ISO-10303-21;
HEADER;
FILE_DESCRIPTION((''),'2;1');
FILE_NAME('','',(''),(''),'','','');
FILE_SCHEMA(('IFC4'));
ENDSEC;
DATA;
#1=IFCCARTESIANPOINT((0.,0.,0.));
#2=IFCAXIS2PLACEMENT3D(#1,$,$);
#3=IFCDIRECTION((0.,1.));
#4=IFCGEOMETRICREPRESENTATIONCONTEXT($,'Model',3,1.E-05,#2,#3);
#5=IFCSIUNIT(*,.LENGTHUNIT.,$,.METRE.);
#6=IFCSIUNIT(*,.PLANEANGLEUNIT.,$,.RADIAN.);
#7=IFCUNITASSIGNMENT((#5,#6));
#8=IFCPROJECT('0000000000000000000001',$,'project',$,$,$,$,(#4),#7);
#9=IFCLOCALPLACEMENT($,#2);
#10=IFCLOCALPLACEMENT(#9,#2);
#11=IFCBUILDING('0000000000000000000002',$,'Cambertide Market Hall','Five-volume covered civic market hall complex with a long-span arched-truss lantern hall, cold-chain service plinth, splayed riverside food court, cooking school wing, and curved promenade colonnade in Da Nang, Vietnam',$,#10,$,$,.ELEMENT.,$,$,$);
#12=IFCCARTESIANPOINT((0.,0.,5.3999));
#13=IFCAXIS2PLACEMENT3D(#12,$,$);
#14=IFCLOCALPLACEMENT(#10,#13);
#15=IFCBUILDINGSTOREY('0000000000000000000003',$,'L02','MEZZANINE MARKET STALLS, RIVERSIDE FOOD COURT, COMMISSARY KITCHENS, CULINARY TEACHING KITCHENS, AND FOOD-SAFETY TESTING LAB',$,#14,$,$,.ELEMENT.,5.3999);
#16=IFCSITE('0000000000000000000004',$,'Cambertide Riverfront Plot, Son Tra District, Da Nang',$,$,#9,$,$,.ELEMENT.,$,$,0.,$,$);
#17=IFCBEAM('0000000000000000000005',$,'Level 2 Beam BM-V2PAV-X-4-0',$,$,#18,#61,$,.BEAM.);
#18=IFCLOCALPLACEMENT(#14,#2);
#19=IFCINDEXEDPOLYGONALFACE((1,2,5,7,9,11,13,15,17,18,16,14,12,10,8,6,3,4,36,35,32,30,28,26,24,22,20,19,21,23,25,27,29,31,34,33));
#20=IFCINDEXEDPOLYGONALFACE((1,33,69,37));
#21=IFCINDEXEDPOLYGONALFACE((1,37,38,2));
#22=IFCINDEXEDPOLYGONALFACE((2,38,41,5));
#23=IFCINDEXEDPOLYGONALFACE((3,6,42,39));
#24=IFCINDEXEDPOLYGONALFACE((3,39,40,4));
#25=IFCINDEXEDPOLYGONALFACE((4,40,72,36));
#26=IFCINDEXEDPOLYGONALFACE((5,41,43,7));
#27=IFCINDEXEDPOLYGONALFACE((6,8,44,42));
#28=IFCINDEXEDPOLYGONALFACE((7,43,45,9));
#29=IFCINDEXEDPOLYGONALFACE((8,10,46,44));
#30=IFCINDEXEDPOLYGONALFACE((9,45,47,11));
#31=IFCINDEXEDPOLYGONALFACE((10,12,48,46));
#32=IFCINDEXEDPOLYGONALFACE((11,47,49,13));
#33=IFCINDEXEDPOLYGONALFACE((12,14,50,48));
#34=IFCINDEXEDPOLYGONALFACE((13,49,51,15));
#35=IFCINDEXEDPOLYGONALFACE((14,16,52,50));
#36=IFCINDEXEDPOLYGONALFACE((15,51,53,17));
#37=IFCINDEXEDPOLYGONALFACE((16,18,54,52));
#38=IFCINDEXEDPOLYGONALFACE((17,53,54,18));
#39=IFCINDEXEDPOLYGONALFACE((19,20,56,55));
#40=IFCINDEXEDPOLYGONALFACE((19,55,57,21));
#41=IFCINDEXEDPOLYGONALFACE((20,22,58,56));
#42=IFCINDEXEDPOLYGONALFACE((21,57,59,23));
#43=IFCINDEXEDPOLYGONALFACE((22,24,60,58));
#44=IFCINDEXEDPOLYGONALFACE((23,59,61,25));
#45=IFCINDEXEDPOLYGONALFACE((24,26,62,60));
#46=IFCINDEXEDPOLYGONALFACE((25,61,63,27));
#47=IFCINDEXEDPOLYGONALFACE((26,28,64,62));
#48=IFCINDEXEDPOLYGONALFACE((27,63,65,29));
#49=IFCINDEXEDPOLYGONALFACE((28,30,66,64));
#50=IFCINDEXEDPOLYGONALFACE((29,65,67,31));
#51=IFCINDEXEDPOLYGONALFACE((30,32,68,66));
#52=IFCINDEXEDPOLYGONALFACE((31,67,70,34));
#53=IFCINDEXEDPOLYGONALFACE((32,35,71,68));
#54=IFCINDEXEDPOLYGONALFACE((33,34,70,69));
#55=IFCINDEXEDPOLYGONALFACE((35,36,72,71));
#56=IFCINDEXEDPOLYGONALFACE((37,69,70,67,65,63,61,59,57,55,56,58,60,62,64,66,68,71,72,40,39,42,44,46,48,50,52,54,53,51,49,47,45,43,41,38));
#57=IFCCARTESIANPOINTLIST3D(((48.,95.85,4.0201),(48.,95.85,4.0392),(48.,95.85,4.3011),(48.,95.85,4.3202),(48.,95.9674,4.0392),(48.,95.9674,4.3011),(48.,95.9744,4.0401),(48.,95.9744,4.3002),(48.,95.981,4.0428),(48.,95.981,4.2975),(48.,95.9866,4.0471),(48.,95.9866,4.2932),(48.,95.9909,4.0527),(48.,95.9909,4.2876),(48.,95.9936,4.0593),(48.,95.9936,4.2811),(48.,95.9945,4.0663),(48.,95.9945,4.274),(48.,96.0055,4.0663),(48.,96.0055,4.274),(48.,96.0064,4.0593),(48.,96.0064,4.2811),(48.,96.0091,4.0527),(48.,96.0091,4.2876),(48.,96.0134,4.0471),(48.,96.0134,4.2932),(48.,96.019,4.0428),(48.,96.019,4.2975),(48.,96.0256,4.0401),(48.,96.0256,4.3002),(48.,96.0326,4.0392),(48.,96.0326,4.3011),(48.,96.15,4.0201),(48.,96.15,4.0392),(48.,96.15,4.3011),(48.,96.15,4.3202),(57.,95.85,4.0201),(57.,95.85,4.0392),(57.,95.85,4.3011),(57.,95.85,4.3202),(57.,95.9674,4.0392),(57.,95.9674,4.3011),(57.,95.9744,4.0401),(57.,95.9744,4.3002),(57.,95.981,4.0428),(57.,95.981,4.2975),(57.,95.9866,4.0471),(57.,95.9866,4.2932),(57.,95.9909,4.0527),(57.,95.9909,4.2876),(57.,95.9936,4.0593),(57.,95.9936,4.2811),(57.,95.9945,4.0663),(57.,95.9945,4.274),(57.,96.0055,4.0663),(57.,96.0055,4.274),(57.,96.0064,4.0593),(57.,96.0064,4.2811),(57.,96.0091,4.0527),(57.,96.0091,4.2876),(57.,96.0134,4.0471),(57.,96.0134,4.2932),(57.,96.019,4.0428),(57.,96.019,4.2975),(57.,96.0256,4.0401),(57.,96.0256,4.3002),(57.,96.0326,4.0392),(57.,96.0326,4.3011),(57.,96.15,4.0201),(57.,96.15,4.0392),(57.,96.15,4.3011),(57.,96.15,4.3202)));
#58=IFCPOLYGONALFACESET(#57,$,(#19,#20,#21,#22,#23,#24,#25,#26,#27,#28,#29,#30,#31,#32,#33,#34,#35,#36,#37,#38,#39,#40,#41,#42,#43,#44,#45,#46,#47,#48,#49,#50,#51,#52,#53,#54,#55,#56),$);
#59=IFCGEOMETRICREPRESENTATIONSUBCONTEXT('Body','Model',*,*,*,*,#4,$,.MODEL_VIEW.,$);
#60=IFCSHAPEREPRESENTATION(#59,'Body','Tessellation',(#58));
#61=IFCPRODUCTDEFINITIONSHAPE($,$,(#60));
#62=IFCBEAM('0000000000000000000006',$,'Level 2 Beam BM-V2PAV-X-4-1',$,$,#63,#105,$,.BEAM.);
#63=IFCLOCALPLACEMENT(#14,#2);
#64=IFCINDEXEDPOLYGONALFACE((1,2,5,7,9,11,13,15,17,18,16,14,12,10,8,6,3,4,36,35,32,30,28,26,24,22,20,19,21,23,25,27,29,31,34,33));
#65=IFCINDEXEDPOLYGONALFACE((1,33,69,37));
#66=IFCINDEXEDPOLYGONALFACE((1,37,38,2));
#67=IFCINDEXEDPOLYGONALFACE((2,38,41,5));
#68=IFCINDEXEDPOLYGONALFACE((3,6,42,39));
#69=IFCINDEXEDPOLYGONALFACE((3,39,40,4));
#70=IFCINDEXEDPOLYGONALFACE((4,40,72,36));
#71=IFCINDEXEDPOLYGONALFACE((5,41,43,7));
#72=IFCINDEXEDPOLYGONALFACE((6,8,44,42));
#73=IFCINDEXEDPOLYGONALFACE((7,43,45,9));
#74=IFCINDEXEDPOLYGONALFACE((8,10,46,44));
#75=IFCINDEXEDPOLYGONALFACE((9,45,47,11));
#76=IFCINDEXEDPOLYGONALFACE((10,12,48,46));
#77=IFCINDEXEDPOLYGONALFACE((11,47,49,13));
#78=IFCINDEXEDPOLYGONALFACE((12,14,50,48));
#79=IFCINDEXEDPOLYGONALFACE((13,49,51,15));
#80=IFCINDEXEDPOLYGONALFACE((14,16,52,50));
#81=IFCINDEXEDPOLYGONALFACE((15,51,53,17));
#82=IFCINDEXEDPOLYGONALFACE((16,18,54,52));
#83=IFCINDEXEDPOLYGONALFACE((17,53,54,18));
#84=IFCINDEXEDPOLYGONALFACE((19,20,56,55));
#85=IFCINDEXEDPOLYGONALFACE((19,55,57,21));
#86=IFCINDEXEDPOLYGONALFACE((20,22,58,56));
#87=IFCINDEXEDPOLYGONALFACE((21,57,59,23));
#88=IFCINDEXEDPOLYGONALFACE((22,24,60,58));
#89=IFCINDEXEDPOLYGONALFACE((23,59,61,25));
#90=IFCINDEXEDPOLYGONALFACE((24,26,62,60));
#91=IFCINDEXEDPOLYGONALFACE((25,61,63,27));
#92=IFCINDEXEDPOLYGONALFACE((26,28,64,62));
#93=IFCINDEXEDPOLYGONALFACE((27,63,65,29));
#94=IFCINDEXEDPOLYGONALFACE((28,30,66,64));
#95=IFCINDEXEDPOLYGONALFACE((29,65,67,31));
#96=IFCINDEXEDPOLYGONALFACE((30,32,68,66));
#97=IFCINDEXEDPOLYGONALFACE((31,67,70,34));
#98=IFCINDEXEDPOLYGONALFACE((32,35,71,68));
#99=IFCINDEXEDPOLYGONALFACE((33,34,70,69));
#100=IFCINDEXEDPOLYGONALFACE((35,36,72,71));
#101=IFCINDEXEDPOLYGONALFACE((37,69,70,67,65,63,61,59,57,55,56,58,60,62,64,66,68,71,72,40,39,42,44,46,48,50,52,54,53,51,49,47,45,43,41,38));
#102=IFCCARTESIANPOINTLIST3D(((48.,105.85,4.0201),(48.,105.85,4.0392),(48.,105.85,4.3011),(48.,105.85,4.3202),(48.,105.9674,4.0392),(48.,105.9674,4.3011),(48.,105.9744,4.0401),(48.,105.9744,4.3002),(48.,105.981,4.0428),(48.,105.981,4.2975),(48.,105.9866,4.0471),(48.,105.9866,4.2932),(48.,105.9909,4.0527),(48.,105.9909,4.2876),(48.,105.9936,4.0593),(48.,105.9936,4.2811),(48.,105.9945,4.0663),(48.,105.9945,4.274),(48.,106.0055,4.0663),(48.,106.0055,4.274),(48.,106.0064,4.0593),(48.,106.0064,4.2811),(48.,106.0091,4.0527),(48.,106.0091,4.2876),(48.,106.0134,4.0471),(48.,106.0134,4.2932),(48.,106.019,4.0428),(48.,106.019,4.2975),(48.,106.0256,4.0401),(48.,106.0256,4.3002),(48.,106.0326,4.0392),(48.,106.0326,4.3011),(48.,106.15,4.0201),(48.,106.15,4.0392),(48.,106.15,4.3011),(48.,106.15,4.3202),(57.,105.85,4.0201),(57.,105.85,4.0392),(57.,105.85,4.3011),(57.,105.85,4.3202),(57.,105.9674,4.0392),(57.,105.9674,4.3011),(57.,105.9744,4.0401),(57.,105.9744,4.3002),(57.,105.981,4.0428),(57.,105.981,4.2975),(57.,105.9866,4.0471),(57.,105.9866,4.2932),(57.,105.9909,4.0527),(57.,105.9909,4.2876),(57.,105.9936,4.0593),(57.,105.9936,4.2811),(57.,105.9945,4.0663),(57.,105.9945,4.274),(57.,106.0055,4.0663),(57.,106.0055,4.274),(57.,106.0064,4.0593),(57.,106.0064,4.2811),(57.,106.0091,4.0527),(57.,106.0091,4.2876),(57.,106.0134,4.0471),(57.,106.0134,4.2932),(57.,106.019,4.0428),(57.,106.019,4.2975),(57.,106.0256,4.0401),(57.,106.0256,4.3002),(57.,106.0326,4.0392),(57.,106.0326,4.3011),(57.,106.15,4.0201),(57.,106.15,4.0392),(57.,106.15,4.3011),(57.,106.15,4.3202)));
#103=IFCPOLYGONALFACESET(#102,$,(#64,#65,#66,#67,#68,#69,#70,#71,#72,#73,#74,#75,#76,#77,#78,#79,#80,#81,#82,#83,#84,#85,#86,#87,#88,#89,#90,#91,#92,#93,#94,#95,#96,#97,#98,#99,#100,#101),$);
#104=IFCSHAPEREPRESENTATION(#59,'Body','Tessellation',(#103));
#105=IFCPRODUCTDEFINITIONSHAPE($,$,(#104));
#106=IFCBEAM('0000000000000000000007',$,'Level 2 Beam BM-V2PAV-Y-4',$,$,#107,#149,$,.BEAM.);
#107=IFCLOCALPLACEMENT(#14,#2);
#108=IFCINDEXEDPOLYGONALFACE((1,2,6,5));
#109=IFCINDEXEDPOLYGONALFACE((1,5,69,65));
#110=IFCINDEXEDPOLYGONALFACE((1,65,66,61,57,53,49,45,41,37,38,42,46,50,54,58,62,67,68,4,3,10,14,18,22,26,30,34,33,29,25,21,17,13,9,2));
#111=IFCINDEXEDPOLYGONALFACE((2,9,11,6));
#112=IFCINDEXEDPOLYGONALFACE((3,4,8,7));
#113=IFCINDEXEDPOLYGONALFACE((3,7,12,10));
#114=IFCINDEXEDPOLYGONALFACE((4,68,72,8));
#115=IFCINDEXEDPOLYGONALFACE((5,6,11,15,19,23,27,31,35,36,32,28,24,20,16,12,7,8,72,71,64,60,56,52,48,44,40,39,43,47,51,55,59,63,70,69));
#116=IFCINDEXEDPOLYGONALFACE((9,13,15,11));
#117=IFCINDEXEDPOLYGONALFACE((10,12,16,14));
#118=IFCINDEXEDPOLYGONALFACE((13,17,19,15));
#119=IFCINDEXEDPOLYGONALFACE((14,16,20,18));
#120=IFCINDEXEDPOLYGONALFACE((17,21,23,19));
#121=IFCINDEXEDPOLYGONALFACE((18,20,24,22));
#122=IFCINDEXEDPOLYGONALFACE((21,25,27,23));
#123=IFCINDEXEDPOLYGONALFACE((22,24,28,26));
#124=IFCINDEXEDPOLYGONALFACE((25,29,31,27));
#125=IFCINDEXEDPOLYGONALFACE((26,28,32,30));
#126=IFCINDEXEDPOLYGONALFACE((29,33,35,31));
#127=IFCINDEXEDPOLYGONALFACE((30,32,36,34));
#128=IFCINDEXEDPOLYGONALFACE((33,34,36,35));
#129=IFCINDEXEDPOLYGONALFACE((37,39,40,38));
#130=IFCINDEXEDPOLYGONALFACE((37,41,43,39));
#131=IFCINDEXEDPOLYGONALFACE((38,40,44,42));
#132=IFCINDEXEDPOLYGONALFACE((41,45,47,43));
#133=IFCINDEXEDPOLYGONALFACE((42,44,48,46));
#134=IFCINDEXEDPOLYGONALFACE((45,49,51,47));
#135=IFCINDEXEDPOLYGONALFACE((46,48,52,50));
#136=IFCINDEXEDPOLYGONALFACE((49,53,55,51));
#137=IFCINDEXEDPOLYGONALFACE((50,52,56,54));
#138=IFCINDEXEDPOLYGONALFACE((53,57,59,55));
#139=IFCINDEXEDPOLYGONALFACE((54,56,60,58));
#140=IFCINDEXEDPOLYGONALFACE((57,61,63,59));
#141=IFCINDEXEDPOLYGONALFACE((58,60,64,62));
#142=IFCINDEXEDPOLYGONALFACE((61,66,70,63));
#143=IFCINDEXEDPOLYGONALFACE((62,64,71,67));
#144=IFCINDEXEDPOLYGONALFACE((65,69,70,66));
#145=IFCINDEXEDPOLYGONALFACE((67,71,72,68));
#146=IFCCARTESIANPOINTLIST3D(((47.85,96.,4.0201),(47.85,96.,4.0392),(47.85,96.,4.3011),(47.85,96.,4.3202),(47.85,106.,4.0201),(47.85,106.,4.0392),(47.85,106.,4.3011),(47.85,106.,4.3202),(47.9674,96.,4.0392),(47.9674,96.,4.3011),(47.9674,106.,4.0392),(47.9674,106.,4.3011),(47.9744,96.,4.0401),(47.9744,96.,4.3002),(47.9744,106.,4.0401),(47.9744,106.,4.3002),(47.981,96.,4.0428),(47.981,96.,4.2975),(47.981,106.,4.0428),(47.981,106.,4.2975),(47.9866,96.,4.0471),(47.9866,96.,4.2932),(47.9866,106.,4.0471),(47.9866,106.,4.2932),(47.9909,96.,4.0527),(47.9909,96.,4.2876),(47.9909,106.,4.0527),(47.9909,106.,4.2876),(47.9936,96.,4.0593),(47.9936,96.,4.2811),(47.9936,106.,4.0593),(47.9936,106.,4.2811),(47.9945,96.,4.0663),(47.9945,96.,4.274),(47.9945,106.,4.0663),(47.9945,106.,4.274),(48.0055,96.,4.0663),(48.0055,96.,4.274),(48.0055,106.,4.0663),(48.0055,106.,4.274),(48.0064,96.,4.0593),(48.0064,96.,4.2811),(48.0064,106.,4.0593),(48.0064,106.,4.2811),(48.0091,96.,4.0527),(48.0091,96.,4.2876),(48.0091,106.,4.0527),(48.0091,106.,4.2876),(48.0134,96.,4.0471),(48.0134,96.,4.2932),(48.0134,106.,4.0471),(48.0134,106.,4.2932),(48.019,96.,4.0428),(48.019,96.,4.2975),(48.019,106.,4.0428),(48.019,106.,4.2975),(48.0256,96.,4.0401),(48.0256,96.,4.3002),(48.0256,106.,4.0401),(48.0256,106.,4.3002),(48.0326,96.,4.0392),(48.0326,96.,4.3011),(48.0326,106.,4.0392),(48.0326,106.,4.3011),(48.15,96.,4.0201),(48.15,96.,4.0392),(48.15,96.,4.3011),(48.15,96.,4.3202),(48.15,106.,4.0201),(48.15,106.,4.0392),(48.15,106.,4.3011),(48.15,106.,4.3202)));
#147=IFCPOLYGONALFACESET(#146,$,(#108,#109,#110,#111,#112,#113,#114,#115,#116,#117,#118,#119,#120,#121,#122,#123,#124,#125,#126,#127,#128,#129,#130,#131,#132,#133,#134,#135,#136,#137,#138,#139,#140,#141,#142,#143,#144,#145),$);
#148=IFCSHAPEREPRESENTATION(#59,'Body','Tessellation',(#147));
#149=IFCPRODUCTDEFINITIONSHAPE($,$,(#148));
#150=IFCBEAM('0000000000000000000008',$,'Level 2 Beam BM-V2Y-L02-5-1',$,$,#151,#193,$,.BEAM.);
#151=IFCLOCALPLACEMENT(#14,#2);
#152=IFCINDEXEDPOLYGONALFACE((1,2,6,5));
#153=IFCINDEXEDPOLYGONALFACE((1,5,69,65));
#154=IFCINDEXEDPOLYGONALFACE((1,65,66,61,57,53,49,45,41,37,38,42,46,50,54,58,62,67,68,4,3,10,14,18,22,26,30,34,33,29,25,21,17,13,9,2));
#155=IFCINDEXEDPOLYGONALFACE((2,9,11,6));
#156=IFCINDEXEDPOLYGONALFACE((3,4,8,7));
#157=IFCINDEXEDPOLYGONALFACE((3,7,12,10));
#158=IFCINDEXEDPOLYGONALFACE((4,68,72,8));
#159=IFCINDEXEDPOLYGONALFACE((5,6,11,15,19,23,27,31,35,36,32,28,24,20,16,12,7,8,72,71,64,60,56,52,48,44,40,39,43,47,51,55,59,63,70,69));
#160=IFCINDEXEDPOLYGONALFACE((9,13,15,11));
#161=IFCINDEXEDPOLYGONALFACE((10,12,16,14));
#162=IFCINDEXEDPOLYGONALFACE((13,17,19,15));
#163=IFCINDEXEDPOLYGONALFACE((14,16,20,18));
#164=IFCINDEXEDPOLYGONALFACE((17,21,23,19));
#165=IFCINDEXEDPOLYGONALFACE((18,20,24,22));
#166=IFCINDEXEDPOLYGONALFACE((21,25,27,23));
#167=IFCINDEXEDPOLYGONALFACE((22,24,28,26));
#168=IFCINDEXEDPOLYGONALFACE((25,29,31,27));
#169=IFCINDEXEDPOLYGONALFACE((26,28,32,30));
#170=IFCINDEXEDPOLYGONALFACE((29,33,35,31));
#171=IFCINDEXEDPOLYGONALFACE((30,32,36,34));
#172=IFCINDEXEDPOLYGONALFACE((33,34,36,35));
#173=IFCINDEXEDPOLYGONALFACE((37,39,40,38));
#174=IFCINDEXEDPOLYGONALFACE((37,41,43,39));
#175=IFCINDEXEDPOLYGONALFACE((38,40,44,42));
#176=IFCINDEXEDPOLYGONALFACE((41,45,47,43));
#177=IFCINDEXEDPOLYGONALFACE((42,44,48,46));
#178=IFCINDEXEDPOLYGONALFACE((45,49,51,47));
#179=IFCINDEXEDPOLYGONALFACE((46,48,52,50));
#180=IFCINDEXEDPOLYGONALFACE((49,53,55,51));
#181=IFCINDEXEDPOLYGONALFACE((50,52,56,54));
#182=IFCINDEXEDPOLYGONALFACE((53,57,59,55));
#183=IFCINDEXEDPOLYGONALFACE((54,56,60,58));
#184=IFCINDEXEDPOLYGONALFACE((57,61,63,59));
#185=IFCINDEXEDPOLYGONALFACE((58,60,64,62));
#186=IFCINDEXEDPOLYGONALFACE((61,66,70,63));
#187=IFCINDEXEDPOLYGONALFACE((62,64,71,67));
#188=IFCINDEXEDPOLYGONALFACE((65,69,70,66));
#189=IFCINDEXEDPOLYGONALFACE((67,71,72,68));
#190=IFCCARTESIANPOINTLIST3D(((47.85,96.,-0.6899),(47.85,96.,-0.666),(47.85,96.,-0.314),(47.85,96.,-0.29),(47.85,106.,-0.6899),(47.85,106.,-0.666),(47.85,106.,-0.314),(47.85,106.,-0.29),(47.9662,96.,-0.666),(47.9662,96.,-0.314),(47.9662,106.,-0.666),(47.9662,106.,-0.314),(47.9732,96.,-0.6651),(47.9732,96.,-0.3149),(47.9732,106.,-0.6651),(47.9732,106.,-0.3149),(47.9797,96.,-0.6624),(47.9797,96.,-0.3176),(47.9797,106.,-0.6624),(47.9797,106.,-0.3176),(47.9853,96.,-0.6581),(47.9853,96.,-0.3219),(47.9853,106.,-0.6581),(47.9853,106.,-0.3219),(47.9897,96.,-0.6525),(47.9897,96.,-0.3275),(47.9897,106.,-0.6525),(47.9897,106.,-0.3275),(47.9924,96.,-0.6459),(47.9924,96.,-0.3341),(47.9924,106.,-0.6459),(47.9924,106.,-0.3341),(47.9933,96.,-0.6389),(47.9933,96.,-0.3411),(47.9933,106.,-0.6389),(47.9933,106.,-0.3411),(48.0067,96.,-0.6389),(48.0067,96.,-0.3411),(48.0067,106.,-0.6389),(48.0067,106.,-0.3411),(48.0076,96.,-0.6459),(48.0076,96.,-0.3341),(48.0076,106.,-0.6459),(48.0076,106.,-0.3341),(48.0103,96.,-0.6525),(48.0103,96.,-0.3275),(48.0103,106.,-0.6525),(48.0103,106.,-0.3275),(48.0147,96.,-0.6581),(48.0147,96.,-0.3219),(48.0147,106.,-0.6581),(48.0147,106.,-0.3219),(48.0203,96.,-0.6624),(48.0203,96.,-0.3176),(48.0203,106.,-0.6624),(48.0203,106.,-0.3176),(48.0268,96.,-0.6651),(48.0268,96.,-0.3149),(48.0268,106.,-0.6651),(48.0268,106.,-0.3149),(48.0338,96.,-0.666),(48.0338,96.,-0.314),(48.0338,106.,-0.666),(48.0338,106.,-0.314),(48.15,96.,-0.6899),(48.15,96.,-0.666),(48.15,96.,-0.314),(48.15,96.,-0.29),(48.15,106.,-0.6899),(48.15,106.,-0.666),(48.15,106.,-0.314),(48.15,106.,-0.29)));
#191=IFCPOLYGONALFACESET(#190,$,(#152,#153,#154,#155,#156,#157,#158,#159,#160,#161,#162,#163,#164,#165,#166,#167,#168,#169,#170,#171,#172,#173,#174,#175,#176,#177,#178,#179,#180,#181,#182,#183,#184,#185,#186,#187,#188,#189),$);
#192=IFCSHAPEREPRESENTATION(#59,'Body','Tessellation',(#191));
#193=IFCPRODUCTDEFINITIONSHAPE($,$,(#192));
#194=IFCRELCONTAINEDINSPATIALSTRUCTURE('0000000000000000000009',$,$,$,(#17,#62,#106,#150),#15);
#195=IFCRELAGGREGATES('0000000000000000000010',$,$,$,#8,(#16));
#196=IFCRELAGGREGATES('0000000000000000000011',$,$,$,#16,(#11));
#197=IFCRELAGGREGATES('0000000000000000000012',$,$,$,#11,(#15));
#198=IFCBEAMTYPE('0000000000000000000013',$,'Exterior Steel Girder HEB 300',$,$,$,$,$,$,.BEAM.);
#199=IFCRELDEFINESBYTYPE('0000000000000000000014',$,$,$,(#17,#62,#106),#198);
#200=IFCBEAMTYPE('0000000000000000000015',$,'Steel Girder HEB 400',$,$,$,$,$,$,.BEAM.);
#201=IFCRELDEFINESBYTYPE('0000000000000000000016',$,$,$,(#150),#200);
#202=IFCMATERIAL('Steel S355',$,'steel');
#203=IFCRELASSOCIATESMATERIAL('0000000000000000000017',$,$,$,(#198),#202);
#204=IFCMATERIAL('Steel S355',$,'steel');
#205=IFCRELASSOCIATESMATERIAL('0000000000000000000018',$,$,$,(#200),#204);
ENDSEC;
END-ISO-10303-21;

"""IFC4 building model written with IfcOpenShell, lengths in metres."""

from ifc_helpers import new_model, si_unit, direction, frame, origin, origin_2d, place, context, subcontext, project, spatial, i_section, extrude, material, material_profile, profile_set, type_object, element, save


model = new_model("IFC4")

# Units and contexts
model_context = context("Model", 3, precision=1e-05, world=origin(), true_north=direction((0.0, 1.0)))
body_context = subcontext(model_context, "Body", "Model", "MODEL_VIEW")
ifc_project = project(units=[si_unit("LENGTHUNIT", "METRE"), si_unit("PLANEANGLEUNIT", "RADIAN")], contexts=[model_context])

# Site, building, storey
site_placement = place(None, origin())
site = spatial("IfcSite", under=ifc_project, at=site_placement, Name="Cambertide Riverfront Plot, Son Tra District, Da Nang", CompositionType="ELEMENT", RefElevation=0.0)
building_placement = place(site_placement, origin())
building = spatial("IfcBuilding", under=site, at=building_placement, Name="Cambertide Market Hall", Description="Five-volume covered civic market hall complex with a long-span arched-truss lantern hall, cold-chain service plinth, splayed riverside food court, cooking school wing, and curved promenade colonnade in Da Nang, Vietnam", CompositionType="ELEMENT")
storey_placement = place(building_placement, frame((0.0, 0.0, 5.3999)))
storey = spatial("IfcBuildingStorey", under=building, at=storey_placement, Name="L02", Description="MEZZANINE MARKET STALLS, RIVERSIDE FOOD COURT, COMMISSARY KITCHENS, CULINARY TEACHING KITCHENS, AND FOOD-SAFETY TESTING LAB", CompositionType="ELEMENT", Elevation=5.3999)

# Beams
ifc_material_1 = material(Name="Steel S355", Category="steel")
ifc_material_profile_1 = material_profile(ifc_material_1, i_section(OverallWidth=0.3, OverallDepth=0.3, WebThickness=0.011, FlangeThickness=0.019, FilletRadius=0.0271, at=origin_2d()), Name="HEB 300")
ifc_profile_set_1 = profile_set([ifc_material_profile_1], Name="Steel S355")
beam_type_1 = type_object("IfcBeamType", Name="Exterior Steel Girder HEB 300", PredefinedType="BEAM", material=ifc_profile_set_1)
for number, where, z_axis, x_axis, name in (
    (1, (48.0, 96.0, 4.1702), (1.0, 0.0, 0.0), (0.0, 1.0, 0.0), "Level 2 Beam BM-V2PAV-X-4-0"),
    (2, (48.0, 106.0, 4.1702), (1.0, 0.0, 0.0), (0.0, 1.0, 0.0), "Level 2 Beam BM-V2PAV-X-4-1"),
):
    element("IfcBeam", number, at=place(storey_placement, frame(where, z_axis=z_axis, x_axis=x_axis)), inside=storey, type_object=beam_type_1, Name=name, PredefinedType="BEAM", context=body_context, shape_type="SweptSolid", body=[
        extrude(i_section(OverallWidth=0.3, OverallDepth=0.3, WebThickness=0.011, FlangeThickness=0.019, FilletRadius=0.0271, at=origin_2d()), origin(), (0.0, 0.0, 1.0), 9.0),
    ])
beam_1_placement = place(storey_placement, frame((48.0, 96.0, 4.1702), z_axis=(0.0, 1.0, 0.0), x_axis=(-1.0, 0.0, 0.0)))
element("IfcBeam", 3, at=beam_1_placement, inside=storey, type_object=beam_type_1, Name="Level 2 Beam BM-V2PAV-Y-4", PredefinedType="BEAM", context=body_context, shape_type="SweptSolid", body=[
    extrude(i_section(OverallWidth=0.3, OverallDepth=0.3, WebThickness=0.011, FlangeThickness=0.019, FilletRadius=0.0271, at=origin_2d()), origin(), (0.0, 0.0, 1.0), 10.0),
])
ifc_material_2 = material(Name="Steel S355", Category="steel")
ifc_material_profile_2 = material_profile(ifc_material_2, i_section(OverallWidth=0.3, OverallDepth=0.3999, WebThickness=0.0134, FlangeThickness=0.0239, FilletRadius=0.0271, at=origin_2d()), Name="HEB 400")
ifc_profile_set_2 = profile_set([ifc_material_profile_2], Name="Steel S355")
beam_type_2 = type_object("IfcBeamType", Name="Steel Girder HEB 400", PredefinedType="BEAM", material=ifc_profile_set_2)
for number, where, z_axis, x_axis, name in (
    (4, (48.0, 96.0, -0.49), (0.0, 1.0, 0.0), (-1.0, 0.0, 0.0), "Level 2 Beam BM-V2Y-L02-5-1"),
):
    element("IfcBeam", number, at=place(storey_placement, frame(where, z_axis=z_axis, x_axis=x_axis)), inside=storey, type_object=beam_type_2, Name=name, PredefinedType="BEAM", context=body_context, shape_type="SweptSolid", body=[
        extrude(i_section(OverallWidth=0.3, OverallDepth=0.3999, WebThickness=0.0134, FlangeThickness=0.0239, FilletRadius=0.0271, at=origin_2d()), origin(), (0.0, 0.0, 1.0), 10.0),
    ])

save(model, "model.ifc")
